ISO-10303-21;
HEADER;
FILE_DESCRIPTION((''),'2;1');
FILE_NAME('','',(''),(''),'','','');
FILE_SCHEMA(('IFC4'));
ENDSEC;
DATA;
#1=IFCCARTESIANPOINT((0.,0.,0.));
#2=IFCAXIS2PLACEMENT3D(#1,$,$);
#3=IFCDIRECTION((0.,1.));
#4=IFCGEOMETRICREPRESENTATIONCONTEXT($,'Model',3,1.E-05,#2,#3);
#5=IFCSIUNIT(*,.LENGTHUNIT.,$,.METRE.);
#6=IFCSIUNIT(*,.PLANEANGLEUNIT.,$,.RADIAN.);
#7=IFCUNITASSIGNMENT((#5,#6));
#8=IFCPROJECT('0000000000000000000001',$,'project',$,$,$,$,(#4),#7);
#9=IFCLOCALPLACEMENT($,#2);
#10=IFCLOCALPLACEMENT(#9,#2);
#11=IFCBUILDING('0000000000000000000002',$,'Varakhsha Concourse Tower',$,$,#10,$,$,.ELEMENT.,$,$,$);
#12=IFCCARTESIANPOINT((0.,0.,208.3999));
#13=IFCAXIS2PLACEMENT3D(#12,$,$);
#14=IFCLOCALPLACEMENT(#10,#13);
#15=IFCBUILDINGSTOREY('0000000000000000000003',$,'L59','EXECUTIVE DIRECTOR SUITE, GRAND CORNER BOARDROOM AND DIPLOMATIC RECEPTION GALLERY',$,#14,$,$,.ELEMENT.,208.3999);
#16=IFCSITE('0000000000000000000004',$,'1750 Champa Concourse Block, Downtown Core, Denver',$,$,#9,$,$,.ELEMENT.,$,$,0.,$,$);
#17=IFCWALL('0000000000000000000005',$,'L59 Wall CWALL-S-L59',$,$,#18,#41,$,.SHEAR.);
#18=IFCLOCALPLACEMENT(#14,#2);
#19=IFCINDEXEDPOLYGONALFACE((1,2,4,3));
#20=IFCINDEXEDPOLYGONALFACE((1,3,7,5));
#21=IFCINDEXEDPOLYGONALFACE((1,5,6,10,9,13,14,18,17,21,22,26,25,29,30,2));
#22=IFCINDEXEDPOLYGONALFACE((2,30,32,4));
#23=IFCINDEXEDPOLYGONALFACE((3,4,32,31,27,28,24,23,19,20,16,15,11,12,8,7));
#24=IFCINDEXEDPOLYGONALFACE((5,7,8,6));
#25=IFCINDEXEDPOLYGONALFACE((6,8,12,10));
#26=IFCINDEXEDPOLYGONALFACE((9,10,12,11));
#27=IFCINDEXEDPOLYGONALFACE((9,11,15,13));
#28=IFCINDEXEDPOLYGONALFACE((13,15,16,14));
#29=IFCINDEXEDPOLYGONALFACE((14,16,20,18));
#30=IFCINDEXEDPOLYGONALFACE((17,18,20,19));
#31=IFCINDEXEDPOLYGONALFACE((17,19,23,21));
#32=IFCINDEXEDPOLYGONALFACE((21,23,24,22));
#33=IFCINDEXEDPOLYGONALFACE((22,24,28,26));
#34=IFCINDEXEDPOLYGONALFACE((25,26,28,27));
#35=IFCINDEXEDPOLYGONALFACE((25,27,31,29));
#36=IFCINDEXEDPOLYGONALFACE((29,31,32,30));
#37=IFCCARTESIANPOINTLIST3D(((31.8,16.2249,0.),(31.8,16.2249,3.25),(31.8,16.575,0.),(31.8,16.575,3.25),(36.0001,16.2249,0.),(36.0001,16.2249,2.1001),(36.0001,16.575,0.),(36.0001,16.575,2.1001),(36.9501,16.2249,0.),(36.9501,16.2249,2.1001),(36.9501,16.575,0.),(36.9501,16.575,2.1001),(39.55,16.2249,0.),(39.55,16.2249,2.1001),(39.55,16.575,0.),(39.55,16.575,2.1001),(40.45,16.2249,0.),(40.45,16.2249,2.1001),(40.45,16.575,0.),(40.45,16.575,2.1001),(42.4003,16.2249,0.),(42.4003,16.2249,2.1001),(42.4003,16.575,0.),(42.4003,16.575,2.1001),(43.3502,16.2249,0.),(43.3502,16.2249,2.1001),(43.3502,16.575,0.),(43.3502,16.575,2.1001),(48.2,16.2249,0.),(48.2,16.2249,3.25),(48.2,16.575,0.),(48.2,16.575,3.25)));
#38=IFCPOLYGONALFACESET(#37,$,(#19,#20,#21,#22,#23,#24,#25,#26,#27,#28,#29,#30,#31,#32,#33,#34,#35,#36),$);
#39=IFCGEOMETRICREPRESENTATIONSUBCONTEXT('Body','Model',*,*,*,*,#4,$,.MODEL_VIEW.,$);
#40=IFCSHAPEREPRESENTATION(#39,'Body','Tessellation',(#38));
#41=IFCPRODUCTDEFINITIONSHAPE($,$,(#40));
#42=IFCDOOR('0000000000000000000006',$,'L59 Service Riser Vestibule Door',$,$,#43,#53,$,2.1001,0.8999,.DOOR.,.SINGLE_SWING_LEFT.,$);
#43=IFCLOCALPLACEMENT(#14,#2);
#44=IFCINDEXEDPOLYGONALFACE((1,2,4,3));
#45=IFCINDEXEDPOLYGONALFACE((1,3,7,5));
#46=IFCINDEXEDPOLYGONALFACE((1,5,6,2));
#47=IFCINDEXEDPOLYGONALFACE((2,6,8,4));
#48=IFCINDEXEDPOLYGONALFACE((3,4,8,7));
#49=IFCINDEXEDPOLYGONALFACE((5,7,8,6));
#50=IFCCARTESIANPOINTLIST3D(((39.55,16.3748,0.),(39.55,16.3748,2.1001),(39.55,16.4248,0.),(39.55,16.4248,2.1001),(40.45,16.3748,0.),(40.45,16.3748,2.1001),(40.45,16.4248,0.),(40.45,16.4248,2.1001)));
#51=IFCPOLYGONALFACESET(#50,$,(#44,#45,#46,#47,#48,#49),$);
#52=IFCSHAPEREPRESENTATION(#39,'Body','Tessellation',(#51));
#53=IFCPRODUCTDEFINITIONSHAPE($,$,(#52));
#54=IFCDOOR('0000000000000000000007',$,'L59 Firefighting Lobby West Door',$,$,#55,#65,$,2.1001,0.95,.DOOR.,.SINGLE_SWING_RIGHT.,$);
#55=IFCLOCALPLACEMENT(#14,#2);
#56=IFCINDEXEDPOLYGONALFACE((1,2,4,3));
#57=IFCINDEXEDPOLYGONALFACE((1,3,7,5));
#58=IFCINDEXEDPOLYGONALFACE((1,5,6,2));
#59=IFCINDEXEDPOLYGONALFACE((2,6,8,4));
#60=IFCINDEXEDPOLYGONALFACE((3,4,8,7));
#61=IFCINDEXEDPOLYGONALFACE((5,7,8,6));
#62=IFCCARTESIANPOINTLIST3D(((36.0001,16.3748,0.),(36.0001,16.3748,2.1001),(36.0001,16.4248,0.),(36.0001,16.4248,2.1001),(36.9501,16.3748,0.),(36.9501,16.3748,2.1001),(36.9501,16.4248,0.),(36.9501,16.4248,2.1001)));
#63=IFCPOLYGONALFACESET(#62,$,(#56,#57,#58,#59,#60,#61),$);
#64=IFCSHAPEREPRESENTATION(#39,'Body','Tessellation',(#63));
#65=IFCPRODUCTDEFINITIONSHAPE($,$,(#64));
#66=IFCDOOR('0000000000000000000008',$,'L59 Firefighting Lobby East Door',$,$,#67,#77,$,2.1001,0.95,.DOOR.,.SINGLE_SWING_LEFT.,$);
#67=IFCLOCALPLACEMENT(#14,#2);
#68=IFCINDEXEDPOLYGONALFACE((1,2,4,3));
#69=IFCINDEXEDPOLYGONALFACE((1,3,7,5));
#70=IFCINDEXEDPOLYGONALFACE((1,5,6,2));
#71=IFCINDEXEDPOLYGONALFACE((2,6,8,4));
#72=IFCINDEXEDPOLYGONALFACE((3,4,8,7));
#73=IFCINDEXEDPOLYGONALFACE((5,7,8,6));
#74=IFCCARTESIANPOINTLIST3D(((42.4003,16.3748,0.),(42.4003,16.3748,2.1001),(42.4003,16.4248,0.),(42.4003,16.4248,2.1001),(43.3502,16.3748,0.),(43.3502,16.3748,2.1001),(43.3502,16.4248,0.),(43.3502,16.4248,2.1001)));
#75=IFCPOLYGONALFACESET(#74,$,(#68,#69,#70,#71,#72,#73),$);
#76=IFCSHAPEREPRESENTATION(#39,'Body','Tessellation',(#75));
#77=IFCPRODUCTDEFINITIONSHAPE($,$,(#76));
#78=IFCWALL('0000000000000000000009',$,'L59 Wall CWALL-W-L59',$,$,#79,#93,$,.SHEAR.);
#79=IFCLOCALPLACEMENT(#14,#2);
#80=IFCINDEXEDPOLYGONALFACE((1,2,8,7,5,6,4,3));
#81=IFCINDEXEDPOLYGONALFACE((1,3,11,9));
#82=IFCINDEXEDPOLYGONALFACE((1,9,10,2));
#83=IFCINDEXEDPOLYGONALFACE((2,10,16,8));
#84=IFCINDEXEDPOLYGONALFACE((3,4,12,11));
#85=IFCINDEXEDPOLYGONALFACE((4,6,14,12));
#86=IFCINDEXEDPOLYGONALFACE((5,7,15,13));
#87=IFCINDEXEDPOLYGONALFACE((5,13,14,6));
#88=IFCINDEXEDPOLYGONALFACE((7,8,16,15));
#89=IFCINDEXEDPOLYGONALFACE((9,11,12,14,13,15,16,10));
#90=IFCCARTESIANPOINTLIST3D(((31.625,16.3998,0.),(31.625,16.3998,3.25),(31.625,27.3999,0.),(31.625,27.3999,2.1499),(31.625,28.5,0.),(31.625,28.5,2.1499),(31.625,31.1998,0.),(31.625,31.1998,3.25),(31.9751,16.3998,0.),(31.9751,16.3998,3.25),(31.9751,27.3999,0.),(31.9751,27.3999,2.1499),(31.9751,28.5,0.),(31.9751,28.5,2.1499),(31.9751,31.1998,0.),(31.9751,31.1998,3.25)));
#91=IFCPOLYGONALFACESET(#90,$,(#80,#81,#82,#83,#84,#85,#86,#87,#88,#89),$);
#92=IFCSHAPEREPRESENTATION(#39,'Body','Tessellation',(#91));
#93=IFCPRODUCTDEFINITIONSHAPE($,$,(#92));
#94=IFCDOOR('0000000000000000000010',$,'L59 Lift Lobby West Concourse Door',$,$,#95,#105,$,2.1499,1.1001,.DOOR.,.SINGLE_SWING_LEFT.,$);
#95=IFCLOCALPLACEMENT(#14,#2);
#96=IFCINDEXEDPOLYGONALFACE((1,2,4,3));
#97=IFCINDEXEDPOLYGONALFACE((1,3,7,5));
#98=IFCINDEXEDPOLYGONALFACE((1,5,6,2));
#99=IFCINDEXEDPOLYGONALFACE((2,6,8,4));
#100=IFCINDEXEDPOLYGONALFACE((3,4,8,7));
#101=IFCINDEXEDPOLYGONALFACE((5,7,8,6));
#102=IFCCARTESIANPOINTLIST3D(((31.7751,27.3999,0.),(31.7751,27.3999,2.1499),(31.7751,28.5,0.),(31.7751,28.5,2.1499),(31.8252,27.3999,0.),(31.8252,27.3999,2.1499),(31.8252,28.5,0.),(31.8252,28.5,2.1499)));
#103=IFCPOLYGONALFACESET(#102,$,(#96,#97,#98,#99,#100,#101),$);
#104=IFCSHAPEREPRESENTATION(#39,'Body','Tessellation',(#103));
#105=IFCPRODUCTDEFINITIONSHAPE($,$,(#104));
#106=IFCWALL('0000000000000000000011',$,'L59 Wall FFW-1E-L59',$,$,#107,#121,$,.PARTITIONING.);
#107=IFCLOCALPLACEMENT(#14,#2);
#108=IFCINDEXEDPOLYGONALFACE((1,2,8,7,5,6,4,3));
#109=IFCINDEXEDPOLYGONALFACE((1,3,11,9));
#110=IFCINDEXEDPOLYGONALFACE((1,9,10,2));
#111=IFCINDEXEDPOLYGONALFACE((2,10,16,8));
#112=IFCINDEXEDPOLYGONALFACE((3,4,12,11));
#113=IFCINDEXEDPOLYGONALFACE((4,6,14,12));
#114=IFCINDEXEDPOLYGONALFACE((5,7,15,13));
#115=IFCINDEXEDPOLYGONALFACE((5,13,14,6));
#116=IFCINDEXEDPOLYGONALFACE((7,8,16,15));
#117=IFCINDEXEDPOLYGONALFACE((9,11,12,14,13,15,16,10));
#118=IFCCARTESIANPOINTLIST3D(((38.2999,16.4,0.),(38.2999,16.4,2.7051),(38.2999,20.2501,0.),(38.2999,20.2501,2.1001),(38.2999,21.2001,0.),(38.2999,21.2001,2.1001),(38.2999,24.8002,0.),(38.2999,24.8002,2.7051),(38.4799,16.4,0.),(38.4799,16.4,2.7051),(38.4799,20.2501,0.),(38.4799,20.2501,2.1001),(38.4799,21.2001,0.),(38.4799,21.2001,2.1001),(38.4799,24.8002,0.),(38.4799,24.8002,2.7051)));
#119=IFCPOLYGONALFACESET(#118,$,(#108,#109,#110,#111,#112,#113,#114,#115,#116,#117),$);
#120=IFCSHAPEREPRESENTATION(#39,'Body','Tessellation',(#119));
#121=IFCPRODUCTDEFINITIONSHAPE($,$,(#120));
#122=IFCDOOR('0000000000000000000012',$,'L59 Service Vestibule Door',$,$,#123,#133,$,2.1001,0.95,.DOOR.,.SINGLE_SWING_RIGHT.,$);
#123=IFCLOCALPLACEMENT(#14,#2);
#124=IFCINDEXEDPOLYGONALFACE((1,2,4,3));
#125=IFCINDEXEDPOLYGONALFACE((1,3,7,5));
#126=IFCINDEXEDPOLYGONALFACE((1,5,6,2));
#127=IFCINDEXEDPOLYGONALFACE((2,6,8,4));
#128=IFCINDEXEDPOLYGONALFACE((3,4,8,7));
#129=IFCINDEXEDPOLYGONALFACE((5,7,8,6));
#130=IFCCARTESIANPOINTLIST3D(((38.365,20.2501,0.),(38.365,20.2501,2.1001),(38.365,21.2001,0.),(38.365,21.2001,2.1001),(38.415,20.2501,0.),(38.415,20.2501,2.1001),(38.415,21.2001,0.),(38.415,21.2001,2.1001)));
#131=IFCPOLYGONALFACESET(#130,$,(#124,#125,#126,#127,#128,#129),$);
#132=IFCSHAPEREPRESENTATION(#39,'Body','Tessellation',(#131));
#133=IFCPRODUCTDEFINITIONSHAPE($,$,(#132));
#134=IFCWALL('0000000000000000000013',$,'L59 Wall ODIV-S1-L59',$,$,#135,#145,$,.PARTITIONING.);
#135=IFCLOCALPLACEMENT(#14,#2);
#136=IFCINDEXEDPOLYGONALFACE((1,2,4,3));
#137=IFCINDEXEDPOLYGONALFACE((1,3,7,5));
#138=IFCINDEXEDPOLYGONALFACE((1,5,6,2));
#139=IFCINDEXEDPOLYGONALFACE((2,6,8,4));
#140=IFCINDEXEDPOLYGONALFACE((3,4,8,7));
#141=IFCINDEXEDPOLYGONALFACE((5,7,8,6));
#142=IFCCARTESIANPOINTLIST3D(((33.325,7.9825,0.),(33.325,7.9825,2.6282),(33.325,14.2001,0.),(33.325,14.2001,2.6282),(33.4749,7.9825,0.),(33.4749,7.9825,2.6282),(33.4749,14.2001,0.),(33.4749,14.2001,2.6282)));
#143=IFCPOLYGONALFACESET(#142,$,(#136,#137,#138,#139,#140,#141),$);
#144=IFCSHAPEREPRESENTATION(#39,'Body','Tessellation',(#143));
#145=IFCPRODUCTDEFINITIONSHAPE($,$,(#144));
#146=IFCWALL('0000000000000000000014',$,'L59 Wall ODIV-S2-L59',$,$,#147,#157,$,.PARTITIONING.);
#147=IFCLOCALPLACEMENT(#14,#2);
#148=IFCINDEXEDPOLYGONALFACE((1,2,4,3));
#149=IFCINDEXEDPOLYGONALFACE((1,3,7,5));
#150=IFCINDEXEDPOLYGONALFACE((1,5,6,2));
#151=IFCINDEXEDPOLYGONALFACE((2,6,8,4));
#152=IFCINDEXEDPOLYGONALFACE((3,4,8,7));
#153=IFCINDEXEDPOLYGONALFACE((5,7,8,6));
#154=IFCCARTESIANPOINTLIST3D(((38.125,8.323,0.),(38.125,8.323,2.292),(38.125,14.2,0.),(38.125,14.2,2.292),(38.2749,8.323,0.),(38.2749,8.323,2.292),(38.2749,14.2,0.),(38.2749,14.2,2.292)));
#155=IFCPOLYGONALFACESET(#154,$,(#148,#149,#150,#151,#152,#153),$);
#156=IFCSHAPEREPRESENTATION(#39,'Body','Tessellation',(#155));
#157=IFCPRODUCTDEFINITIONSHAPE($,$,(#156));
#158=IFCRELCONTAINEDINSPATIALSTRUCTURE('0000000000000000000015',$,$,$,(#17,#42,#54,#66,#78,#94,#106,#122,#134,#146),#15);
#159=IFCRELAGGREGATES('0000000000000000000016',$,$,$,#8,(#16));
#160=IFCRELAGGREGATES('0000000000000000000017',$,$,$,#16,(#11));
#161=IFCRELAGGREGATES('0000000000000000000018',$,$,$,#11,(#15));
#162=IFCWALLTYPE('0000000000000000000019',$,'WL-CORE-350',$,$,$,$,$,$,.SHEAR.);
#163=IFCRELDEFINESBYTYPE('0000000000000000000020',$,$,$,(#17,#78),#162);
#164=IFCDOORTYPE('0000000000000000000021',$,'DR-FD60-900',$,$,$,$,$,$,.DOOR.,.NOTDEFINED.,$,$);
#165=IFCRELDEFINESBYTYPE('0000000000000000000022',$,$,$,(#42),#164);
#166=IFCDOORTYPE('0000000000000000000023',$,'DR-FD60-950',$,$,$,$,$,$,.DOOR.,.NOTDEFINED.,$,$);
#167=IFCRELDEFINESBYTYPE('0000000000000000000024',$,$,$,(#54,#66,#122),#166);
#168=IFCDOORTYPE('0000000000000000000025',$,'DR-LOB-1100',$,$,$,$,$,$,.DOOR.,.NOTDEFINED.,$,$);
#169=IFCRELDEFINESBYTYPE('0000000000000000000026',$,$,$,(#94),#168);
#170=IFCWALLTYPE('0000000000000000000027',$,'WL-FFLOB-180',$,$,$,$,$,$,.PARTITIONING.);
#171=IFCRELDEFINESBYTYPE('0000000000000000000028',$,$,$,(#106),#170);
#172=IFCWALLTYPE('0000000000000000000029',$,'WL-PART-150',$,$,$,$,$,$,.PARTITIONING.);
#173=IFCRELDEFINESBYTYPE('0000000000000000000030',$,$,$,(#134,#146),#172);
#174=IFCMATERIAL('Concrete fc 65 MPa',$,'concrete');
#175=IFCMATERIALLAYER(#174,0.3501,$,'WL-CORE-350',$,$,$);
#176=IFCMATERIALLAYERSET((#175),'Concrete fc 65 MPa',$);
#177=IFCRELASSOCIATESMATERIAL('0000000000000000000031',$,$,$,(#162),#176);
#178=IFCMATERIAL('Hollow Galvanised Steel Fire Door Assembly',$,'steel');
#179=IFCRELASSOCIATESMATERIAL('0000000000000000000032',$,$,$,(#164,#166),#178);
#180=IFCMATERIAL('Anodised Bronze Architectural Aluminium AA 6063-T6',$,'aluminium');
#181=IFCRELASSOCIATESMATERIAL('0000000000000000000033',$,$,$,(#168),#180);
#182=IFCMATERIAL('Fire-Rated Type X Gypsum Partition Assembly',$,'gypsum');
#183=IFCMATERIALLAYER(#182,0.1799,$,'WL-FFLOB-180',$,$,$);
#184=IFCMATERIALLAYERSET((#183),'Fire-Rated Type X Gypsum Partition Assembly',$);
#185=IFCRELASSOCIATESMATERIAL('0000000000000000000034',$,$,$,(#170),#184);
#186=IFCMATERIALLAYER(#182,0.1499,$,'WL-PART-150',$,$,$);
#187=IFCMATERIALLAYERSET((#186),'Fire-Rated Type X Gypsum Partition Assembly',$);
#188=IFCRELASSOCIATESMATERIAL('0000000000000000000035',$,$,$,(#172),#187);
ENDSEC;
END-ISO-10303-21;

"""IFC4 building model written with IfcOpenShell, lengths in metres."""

from ifc_helpers import new_model, si_unit, direction, frame, frame_2d, origin, place, context, subcontext, project, spatial, rectangle, extrude, material, layer, layer_set, type_object, element, fill, save


model = new_model("IFC4")

# Units and contexts
model_context = context("Model", 3, precision=1e-05, world=origin(), true_north=direction((0.0, 1.0)))
body_context = subcontext(model_context, "Body", "Model", "MODEL_VIEW")
ifc_project = project(units=[si_unit("LENGTHUNIT", "METRE"), si_unit("PLANEANGLEUNIT", "RADIAN")], contexts=[model_context])

# Site, building, storey
site_placement = place(None, origin())
site = spatial("IfcSite", under=ifc_project, at=site_placement, Name="1750 Champa Concourse Block, Downtown Core, Denver", CompositionType="ELEMENT", RefElevation=0.0)
building_placement = place(site_placement, origin())
building = spatial("IfcBuilding", under=site, at=building_placement, Name="Varakhsha Concourse Tower", CompositionType="ELEMENT")
storey_placement = place(building_placement, frame((0.0, 0.0, 208.3999)))
storey = spatial("IfcBuildingStorey", under=building, at=storey_placement, Name="L59", Description="EXECUTIVE DIRECTOR SUITE, GRAND CORNER BOARDROOM AND DIPLOMATIC RECEPTION GALLERY", CompositionType="ELEMENT", Elevation=208.3999)

# Shared definitions
ifc_material_1 = material(Name="Concrete fc 65 MPa", Category="concrete")

# Shared definitions
ifc_material_2 = material(Name="Anodised Bronze Architectural Aluminium AA 6063-T6", Category="aluminium")

# Wall, openings, doors
ifc_layer_1 = layer(ifc_material_1, 0.3501, Name="WL-CORE-350")
ifc_layer_set_1 = layer_set([ifc_layer_1], Name="Concrete fc 65 MPa")
wall_type_1 = type_object("IfcWallType", Name="WL-CORE-350", PredefinedType="SHEAR", material=ifc_layer_set_1)
wall_1_placement = place(storey_placement, frame((31.8, 16.3999, 0.0), z_axis=(0.0, 0.0, 1.0), x_axis=(1.0, 0.0, 0.0)))
wall_1 = element("IfcWall", 1, at=wall_1_placement, inside=storey, type_object=wall_type_1, Name="L59 Wall CWALL-S-L59", PredefinedType="SHEAR", context=body_context, shape_type="SweptSolid", body=[
    extrude(rectangle(XDim=16.3999, YDim=0.3501, at=frame_2d((8.2, 0.0))), origin(), (0.0, 0.0, 1.0), 3.25),
])
opening_1_placement = place(wall_1_placement, frame((7.75, 0.0, 0.0)))
opening_1 = element("IfcOpeningElement", 2, at=opening_1_placement, cuts=wall_1, PredefinedType="OPENING", context=body_context, shape_type="SweptSolid", body=[
    extrude(rectangle(XDim=0.8999, YDim=2.1001, at=frame_2d((0.45, 1.05))), frame((0.0, 0.1851, 0.0), z_axis=(0.0, -1.0, 0.0), x_axis=(1.0, 0.0, 0.0)), (0.0, 0.0, 1.0), 0.3701),
])
opening_2_placement = place(wall_1_placement, frame((4.2, 0.0, 0.0)))
opening_2 = element("IfcOpeningElement", 3, at=opening_2_placement, cuts=wall_1, PredefinedType="OPENING", context=body_context, shape_type="SweptSolid", body=[
    extrude(rectangle(XDim=0.95, YDim=2.1001, at=frame_2d((0.4751, 1.05))), frame((0.0, 0.1851, 0.0), z_axis=(0.0, -1.0, 0.0), x_axis=(1.0, 0.0, 0.0)), (0.0, 0.0, 1.0), 0.3701),
])
opening_3_placement = place(wall_1_placement, frame((10.6001, 0.0, 0.0)))
opening_3 = element("IfcOpeningElement", 4, at=opening_3_placement, cuts=wall_1, PredefinedType="OPENING", context=body_context, shape_type="SweptSolid", body=[
    extrude(rectangle(XDim=0.95, YDim=2.1001, at=frame_2d((0.4751, 1.05))), frame((0.0, 0.1851, 0.0), z_axis=(0.0, -1.0, 0.0), x_axis=(1.0, 0.0, 0.0)), (0.0, 0.0, 1.0), 0.3701),
])
ifc_material_3 = material(Name="Hollow Galvanised Steel Fire Door Assembly", Category="steel")
door_type_1 = type_object("IfcDoorType", Name="DR-FD60-900", OperationType="NOTDEFINED", PredefinedType="DOOR", material=ifc_material_3)
door_1_placement = place(opening_1_placement, origin())
door_1 = element("IfcDoor", 5, at=door_1_placement, inside=storey, type_object=door_type_1, Name="L59 Service Riser Vestibule Door", OperationType="SINGLE_SWING_LEFT", OverallHeight=2.1001, OverallWidth=0.8999, PredefinedType="DOOR", context=body_context, shape_type="SweptSolid", body=[
    extrude(rectangle(XDim=0.8999, YDim=2.1001, at=frame_2d((0.45, 1.05))), frame((0.0, 0.0249, 0.0), z_axis=(0.0, -1.0, 0.0), x_axis=(1.0, 0.0, 0.0)), (0.0, 0.0, 1.0), 0.05),
])
fill(opening_1, door_1)
door_type_2 = type_object("IfcDoorType", Name="DR-FD60-950", OperationType="NOTDEFINED", PredefinedType="DOOR", material=ifc_material_3)
door_2_placement = place(opening_2_placement, origin())
door_2 = element("IfcDoor", 6, at=door_2_placement, inside=storey, type_object=door_type_2, Name="L59 Firefighting Lobby West Door", OperationType="SINGLE_SWING_RIGHT", OverallHeight=2.1001, OverallWidth=0.95, PredefinedType="DOOR", context=body_context, shape_type="SweptSolid", body=[
    extrude(rectangle(XDim=0.95, YDim=2.1001, at=frame_2d((0.4751, 1.05))), frame((0.0, 0.0249, 0.0), z_axis=(0.0, -1.0, 0.0), x_axis=(1.0, 0.0, 0.0)), (0.0, 0.0, 1.0), 0.05),
])
fill(opening_2, door_2)
door_3_placement = place(opening_3_placement, origin())
door_3 = element("IfcDoor", 7, at=door_3_placement, inside=storey, type_object=door_type_2, Name="L59 Firefighting Lobby East Door", OperationType="SINGLE_SWING_LEFT", OverallHeight=2.1001, OverallWidth=0.95, PredefinedType="DOOR", context=body_context, shape_type="SweptSolid", body=[
    extrude(rectangle(XDim=0.95, YDim=2.1001, at=frame_2d((0.4751, 1.05))), frame((0.0, 0.0249, 0.0), z_axis=(0.0, -1.0, 0.0), x_axis=(1.0, 0.0, 0.0)), (0.0, 0.0, 1.0), 0.05),
])
fill(opening_3, door_3)

# Walls, openings, doors
wall_2_placement = place(storey_placement, frame((31.8, 16.3999, 0.0), z_axis=(0.0, 0.0, 1.0), x_axis=(0.0, 1.0, 0.0)))
wall_2 = element("IfcWall", 8, at=wall_2_placement, inside=storey, type_object=wall_type_1, Name="L59 Wall CWALL-W-L59", PredefinedType="SHEAR", context=body_context, shape_type="SweptSolid", body=[
    extrude(rectangle(XDim=14.8, YDim=0.3501, at=frame_2d((7.3999, 0.0))), origin(), (0.0, 0.0, 1.0), 3.25),
])
opening_4_placement = place(wall_2_placement, frame((11.0, 0.0, 0.0)))
opening_4 = element("IfcOpeningElement", 9, at=opening_4_placement, cuts=wall_2, PredefinedType="OPENING", context=body_context, shape_type="SweptSolid", body=[
    extrude(rectangle(XDim=1.1001, YDim=2.1499, at=frame_2d((0.55, 1.075))), frame((0.0, 0.1851, 0.0), z_axis=(0.0, -1.0, 0.0), x_axis=(1.0, 0.0, 0.0)), (0.0, 0.0, 1.0), 0.3701),
])
door_type_3 = type_object("IfcDoorType", Name="DR-LOB-1100", OperationType="NOTDEFINED", PredefinedType="DOOR", material=ifc_material_2)
door_4_placement = place(opening_4_placement, origin())
door_4 = element("IfcDoor", 10, at=door_4_placement, inside=storey, type_object=door_type_3, Name="L59 Lift Lobby West Concourse Door", OperationType="SINGLE_SWING_LEFT", OverallHeight=2.1499, OverallWidth=1.1001, PredefinedType="DOOR", context=body_context, shape_type="SweptSolid", body=[
    extrude(rectangle(XDim=1.1001, YDim=2.1499, at=frame_2d((0.55, 1.075))), frame((0.0, 0.0249, 0.0), z_axis=(0.0, -1.0, 0.0), x_axis=(1.0, 0.0, 0.0)), (0.0, 0.0, 1.0), 0.05),
])
fill(opening_4, door_4)
ifc_material_4 = material(Name="Fire-Rated Type X Gypsum Partition Assembly", Category="gypsum")
ifc_layer_2 = layer(ifc_material_4, 0.1799, Name="WL-FFLOB-180")
ifc_layer_set_2 = layer_set([ifc_layer_2], Name="Fire-Rated Type X Gypsum Partition Assembly")
wall_type_2 = type_object("IfcWallType", Name="WL-FFLOB-180", PredefinedType="PARTITIONING", material=ifc_layer_set_2)
wall_3_placement = place(storey_placement, frame((38.3899, 16.3999, 0.0), z_axis=(0.0, 0.0, 1.0), x_axis=(0.0, 1.0, 0.0)))
wall_3 = element("IfcWall", 11, at=wall_3_placement, inside=storey, type_object=wall_type_2, Name="L59 Wall FFW-1E-L59", PredefinedType="PARTITIONING", context=body_context, shape_type="SweptSolid", body=[
    extrude(rectangle(XDim=8.4001, YDim=0.1799, at=frame_2d((4.2002, 0.0))), origin(), (0.0, 0.0, 1.0), 2.7051),
])
opening_5_placement = place(wall_3_placement, frame((3.8501, 0.0, 0.0)))
opening_5 = element("IfcOpeningElement", 12, at=opening_5_placement, cuts=wall_3, PredefinedType="OPENING", context=body_context, shape_type="SweptSolid", body=[
    extrude(rectangle(XDim=0.95, YDim=2.1001, at=frame_2d((0.4751, 1.05))), frame((0.0, 0.0999, 0.0), z_axis=(0.0, -1.0, 0.0), x_axis=(1.0, 0.0, 0.0)), (0.0, 0.0, 1.0), 0.2),
])
door_5_placement = place(opening_5_placement, origin())
door_5 = element("IfcDoor", 13, at=door_5_placement, inside=storey, type_object=door_type_2, Name="L59 Service Vestibule Door", OperationType="SINGLE_SWING_RIGHT", OverallHeight=2.1001, OverallWidth=0.95, PredefinedType="DOOR", context=body_context, shape_type="SweptSolid", body=[
    extrude(rectangle(XDim=0.95, YDim=2.1001, at=frame_2d((0.4751, 1.05))), frame((0.0, 0.0249, 0.0), z_axis=(0.0, -1.0, 0.0), x_axis=(1.0, 0.0, 0.0)), (0.0, 0.0, 1.0), 0.05),
])
fill(opening_5, door_5)

# Walls
ifc_layer_3 = layer(ifc_material_4, 0.1499, Name="WL-PART-150")
ifc_layer_set_3 = layer_set([ifc_layer_3], Name="Fire-Rated Type X Gypsum Partition Assembly")
wall_type_3 = type_object("IfcWallType", Name="WL-PART-150", PredefinedType="PARTITIONING", material=ifc_layer_set_3)
wall_4_placement = place(storey_placement, frame((33.3999, 7.9824, 0.0), z_axis=(0.0, 0.0, 1.0), x_axis=(0.0, 1.0, 0.0)))
element("IfcWall", 14, at=wall_4_placement, inside=storey, type_object=wall_type_3, Name="L59 Wall ODIV-S1-L59", PredefinedType="PARTITIONING", context=body_context, shape_type="SweptSolid", body=[
    extrude(rectangle(XDim=6.2175, YDim=0.1499, at=frame_2d((3.1089, 0.0))), origin(), (0.0, 0.0, 1.0), 2.6282),
])
wall_5_placement = place(storey_placement, frame((38.2, 8.323, 0.0), z_axis=(0.0, 0.0, 1.0), x_axis=(0.0, 1.0, 0.0)))
element("IfcWall", 15, at=wall_5_placement, inside=storey, type_object=wall_type_3, Name="L59 Wall ODIV-S2-L59", PredefinedType="PARTITIONING", context=body_context, shape_type="SweptSolid", body=[
    extrude(rectangle(XDim=5.877, YDim=0.1499, at=frame_2d((2.9385, 0.0))), origin(), (0.0, 0.0, 1.0), 2.292),
])

save(model, "model.ifc")
